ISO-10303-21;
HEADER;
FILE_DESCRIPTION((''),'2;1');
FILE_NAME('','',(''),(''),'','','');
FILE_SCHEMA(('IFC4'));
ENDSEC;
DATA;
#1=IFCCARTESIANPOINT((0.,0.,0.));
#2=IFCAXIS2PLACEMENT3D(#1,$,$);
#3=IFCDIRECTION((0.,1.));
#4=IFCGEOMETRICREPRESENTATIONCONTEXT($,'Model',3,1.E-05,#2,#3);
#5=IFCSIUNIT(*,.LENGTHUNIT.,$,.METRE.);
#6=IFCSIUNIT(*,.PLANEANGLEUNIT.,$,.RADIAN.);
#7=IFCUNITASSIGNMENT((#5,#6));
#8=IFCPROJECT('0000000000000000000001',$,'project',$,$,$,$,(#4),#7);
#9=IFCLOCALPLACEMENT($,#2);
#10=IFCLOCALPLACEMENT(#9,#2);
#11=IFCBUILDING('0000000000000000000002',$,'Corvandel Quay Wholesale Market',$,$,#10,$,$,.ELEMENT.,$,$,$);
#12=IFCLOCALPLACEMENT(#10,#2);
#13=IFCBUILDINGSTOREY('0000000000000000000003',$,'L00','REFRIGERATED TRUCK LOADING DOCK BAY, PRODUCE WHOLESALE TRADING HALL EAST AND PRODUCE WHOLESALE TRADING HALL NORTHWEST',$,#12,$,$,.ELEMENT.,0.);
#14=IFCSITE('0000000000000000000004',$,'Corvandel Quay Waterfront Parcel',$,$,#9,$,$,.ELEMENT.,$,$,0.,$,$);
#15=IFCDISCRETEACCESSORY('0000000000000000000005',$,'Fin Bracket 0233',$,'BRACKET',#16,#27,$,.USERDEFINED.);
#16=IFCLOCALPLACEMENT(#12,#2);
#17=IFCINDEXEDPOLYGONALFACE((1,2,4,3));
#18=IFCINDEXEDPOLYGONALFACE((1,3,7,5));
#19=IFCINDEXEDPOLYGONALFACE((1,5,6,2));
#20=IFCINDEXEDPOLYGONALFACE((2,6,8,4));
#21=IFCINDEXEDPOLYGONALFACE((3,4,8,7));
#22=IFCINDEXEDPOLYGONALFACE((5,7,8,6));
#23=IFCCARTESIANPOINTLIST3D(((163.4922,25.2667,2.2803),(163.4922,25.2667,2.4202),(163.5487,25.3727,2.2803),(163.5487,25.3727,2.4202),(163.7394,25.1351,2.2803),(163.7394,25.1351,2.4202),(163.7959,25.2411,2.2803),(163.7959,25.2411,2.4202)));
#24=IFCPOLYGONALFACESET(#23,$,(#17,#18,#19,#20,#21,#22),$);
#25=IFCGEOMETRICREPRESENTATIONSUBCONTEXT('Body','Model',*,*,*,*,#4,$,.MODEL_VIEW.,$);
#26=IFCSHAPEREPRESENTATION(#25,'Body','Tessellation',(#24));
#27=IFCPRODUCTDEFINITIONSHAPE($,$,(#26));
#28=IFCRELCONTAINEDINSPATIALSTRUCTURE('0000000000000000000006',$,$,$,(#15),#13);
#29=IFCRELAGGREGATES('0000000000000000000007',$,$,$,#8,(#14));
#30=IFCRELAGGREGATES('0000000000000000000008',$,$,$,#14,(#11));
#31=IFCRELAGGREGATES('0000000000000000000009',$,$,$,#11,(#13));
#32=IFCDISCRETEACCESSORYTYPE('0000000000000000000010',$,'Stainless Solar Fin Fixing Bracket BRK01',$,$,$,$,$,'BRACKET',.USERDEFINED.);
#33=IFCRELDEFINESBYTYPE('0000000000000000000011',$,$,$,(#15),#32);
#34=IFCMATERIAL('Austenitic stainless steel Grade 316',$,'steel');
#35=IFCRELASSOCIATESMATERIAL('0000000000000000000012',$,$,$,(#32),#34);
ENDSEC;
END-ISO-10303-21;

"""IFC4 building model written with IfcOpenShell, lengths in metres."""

from ifc_helpers import new_model, si_unit, direction, frame, origin, origin_2d, place, context, subcontext, project, spatial, rectangle, extrude, material, type_object, element, save


model = new_model("IFC4")

# Units and contexts
model_context = context("Model", 3, precision=1e-05, world=origin(), true_north=direction((0.0, 1.0)))
body_context = subcontext(model_context, "Body", "Model", "MODEL_VIEW")
ifc_project = project(units=[si_unit("LENGTHUNIT", "METRE"), si_unit("PLANEANGLEUNIT", "RADIAN")], contexts=[model_context])

# Site, building, storey
site_placement = place(None, origin())
site = spatial("IfcSite", under=ifc_project, at=site_placement, Name="Corvandel Quay Waterfront Parcel", CompositionType="ELEMENT", RefElevation=0.0)
building_placement = place(site_placement, origin())
building = spatial("IfcBuilding", under=site, at=building_placement, Name="Corvandel Quay Wholesale Market", CompositionType="ELEMENT")
storey_placement = place(building_placement, origin())
storey = spatial("IfcBuildingStorey", under=building, at=storey_placement, Name="L00", Description="REFRIGERATED TRUCK LOADING DOCK BAY, PRODUCE WHOLESALE TRADING HALL EAST AND PRODUCE WHOLESALE TRADING HALL NORTHWEST", CompositionType="ELEMENT", Elevation=0.0)

# Discrete accessory
ifc_material_1 = material(Name="Austenitic stainless steel Grade 316", Category="steel")
discrete_accessory_type = type_object("IfcDiscreteAccessoryType", Name="Stainless Solar Fin Fixing Bracket BRK01", ElementType="BRACKET", PredefinedType="USERDEFINED", material=ifc_material_1)
for number, where, z_axis, x_axis, name in (
    (1, (163.644, 25.2539, 2.2803), (0.0, 0.0, 1.0), (-0.88262, 0.470088, 0.0), "Fin Bracket 0233"),
):
    element("IfcDiscreteAccessory", number, at=place(storey_placement, frame(where, z_axis=z_axis, x_axis=x_axis)), inside=storey, type_object=discrete_accessory_type, Name=name, ObjectType="BRACKET", PredefinedType="USERDEFINED", context=body_context, shape_type="SweptSolid", body=[
        extrude(rectangle(XDim=0.28, YDim=0.1201, at=origin_2d()), origin(), (0.0, 0.0, 1.0), 0.1399),
    ])

save(model, "model.ifc")
